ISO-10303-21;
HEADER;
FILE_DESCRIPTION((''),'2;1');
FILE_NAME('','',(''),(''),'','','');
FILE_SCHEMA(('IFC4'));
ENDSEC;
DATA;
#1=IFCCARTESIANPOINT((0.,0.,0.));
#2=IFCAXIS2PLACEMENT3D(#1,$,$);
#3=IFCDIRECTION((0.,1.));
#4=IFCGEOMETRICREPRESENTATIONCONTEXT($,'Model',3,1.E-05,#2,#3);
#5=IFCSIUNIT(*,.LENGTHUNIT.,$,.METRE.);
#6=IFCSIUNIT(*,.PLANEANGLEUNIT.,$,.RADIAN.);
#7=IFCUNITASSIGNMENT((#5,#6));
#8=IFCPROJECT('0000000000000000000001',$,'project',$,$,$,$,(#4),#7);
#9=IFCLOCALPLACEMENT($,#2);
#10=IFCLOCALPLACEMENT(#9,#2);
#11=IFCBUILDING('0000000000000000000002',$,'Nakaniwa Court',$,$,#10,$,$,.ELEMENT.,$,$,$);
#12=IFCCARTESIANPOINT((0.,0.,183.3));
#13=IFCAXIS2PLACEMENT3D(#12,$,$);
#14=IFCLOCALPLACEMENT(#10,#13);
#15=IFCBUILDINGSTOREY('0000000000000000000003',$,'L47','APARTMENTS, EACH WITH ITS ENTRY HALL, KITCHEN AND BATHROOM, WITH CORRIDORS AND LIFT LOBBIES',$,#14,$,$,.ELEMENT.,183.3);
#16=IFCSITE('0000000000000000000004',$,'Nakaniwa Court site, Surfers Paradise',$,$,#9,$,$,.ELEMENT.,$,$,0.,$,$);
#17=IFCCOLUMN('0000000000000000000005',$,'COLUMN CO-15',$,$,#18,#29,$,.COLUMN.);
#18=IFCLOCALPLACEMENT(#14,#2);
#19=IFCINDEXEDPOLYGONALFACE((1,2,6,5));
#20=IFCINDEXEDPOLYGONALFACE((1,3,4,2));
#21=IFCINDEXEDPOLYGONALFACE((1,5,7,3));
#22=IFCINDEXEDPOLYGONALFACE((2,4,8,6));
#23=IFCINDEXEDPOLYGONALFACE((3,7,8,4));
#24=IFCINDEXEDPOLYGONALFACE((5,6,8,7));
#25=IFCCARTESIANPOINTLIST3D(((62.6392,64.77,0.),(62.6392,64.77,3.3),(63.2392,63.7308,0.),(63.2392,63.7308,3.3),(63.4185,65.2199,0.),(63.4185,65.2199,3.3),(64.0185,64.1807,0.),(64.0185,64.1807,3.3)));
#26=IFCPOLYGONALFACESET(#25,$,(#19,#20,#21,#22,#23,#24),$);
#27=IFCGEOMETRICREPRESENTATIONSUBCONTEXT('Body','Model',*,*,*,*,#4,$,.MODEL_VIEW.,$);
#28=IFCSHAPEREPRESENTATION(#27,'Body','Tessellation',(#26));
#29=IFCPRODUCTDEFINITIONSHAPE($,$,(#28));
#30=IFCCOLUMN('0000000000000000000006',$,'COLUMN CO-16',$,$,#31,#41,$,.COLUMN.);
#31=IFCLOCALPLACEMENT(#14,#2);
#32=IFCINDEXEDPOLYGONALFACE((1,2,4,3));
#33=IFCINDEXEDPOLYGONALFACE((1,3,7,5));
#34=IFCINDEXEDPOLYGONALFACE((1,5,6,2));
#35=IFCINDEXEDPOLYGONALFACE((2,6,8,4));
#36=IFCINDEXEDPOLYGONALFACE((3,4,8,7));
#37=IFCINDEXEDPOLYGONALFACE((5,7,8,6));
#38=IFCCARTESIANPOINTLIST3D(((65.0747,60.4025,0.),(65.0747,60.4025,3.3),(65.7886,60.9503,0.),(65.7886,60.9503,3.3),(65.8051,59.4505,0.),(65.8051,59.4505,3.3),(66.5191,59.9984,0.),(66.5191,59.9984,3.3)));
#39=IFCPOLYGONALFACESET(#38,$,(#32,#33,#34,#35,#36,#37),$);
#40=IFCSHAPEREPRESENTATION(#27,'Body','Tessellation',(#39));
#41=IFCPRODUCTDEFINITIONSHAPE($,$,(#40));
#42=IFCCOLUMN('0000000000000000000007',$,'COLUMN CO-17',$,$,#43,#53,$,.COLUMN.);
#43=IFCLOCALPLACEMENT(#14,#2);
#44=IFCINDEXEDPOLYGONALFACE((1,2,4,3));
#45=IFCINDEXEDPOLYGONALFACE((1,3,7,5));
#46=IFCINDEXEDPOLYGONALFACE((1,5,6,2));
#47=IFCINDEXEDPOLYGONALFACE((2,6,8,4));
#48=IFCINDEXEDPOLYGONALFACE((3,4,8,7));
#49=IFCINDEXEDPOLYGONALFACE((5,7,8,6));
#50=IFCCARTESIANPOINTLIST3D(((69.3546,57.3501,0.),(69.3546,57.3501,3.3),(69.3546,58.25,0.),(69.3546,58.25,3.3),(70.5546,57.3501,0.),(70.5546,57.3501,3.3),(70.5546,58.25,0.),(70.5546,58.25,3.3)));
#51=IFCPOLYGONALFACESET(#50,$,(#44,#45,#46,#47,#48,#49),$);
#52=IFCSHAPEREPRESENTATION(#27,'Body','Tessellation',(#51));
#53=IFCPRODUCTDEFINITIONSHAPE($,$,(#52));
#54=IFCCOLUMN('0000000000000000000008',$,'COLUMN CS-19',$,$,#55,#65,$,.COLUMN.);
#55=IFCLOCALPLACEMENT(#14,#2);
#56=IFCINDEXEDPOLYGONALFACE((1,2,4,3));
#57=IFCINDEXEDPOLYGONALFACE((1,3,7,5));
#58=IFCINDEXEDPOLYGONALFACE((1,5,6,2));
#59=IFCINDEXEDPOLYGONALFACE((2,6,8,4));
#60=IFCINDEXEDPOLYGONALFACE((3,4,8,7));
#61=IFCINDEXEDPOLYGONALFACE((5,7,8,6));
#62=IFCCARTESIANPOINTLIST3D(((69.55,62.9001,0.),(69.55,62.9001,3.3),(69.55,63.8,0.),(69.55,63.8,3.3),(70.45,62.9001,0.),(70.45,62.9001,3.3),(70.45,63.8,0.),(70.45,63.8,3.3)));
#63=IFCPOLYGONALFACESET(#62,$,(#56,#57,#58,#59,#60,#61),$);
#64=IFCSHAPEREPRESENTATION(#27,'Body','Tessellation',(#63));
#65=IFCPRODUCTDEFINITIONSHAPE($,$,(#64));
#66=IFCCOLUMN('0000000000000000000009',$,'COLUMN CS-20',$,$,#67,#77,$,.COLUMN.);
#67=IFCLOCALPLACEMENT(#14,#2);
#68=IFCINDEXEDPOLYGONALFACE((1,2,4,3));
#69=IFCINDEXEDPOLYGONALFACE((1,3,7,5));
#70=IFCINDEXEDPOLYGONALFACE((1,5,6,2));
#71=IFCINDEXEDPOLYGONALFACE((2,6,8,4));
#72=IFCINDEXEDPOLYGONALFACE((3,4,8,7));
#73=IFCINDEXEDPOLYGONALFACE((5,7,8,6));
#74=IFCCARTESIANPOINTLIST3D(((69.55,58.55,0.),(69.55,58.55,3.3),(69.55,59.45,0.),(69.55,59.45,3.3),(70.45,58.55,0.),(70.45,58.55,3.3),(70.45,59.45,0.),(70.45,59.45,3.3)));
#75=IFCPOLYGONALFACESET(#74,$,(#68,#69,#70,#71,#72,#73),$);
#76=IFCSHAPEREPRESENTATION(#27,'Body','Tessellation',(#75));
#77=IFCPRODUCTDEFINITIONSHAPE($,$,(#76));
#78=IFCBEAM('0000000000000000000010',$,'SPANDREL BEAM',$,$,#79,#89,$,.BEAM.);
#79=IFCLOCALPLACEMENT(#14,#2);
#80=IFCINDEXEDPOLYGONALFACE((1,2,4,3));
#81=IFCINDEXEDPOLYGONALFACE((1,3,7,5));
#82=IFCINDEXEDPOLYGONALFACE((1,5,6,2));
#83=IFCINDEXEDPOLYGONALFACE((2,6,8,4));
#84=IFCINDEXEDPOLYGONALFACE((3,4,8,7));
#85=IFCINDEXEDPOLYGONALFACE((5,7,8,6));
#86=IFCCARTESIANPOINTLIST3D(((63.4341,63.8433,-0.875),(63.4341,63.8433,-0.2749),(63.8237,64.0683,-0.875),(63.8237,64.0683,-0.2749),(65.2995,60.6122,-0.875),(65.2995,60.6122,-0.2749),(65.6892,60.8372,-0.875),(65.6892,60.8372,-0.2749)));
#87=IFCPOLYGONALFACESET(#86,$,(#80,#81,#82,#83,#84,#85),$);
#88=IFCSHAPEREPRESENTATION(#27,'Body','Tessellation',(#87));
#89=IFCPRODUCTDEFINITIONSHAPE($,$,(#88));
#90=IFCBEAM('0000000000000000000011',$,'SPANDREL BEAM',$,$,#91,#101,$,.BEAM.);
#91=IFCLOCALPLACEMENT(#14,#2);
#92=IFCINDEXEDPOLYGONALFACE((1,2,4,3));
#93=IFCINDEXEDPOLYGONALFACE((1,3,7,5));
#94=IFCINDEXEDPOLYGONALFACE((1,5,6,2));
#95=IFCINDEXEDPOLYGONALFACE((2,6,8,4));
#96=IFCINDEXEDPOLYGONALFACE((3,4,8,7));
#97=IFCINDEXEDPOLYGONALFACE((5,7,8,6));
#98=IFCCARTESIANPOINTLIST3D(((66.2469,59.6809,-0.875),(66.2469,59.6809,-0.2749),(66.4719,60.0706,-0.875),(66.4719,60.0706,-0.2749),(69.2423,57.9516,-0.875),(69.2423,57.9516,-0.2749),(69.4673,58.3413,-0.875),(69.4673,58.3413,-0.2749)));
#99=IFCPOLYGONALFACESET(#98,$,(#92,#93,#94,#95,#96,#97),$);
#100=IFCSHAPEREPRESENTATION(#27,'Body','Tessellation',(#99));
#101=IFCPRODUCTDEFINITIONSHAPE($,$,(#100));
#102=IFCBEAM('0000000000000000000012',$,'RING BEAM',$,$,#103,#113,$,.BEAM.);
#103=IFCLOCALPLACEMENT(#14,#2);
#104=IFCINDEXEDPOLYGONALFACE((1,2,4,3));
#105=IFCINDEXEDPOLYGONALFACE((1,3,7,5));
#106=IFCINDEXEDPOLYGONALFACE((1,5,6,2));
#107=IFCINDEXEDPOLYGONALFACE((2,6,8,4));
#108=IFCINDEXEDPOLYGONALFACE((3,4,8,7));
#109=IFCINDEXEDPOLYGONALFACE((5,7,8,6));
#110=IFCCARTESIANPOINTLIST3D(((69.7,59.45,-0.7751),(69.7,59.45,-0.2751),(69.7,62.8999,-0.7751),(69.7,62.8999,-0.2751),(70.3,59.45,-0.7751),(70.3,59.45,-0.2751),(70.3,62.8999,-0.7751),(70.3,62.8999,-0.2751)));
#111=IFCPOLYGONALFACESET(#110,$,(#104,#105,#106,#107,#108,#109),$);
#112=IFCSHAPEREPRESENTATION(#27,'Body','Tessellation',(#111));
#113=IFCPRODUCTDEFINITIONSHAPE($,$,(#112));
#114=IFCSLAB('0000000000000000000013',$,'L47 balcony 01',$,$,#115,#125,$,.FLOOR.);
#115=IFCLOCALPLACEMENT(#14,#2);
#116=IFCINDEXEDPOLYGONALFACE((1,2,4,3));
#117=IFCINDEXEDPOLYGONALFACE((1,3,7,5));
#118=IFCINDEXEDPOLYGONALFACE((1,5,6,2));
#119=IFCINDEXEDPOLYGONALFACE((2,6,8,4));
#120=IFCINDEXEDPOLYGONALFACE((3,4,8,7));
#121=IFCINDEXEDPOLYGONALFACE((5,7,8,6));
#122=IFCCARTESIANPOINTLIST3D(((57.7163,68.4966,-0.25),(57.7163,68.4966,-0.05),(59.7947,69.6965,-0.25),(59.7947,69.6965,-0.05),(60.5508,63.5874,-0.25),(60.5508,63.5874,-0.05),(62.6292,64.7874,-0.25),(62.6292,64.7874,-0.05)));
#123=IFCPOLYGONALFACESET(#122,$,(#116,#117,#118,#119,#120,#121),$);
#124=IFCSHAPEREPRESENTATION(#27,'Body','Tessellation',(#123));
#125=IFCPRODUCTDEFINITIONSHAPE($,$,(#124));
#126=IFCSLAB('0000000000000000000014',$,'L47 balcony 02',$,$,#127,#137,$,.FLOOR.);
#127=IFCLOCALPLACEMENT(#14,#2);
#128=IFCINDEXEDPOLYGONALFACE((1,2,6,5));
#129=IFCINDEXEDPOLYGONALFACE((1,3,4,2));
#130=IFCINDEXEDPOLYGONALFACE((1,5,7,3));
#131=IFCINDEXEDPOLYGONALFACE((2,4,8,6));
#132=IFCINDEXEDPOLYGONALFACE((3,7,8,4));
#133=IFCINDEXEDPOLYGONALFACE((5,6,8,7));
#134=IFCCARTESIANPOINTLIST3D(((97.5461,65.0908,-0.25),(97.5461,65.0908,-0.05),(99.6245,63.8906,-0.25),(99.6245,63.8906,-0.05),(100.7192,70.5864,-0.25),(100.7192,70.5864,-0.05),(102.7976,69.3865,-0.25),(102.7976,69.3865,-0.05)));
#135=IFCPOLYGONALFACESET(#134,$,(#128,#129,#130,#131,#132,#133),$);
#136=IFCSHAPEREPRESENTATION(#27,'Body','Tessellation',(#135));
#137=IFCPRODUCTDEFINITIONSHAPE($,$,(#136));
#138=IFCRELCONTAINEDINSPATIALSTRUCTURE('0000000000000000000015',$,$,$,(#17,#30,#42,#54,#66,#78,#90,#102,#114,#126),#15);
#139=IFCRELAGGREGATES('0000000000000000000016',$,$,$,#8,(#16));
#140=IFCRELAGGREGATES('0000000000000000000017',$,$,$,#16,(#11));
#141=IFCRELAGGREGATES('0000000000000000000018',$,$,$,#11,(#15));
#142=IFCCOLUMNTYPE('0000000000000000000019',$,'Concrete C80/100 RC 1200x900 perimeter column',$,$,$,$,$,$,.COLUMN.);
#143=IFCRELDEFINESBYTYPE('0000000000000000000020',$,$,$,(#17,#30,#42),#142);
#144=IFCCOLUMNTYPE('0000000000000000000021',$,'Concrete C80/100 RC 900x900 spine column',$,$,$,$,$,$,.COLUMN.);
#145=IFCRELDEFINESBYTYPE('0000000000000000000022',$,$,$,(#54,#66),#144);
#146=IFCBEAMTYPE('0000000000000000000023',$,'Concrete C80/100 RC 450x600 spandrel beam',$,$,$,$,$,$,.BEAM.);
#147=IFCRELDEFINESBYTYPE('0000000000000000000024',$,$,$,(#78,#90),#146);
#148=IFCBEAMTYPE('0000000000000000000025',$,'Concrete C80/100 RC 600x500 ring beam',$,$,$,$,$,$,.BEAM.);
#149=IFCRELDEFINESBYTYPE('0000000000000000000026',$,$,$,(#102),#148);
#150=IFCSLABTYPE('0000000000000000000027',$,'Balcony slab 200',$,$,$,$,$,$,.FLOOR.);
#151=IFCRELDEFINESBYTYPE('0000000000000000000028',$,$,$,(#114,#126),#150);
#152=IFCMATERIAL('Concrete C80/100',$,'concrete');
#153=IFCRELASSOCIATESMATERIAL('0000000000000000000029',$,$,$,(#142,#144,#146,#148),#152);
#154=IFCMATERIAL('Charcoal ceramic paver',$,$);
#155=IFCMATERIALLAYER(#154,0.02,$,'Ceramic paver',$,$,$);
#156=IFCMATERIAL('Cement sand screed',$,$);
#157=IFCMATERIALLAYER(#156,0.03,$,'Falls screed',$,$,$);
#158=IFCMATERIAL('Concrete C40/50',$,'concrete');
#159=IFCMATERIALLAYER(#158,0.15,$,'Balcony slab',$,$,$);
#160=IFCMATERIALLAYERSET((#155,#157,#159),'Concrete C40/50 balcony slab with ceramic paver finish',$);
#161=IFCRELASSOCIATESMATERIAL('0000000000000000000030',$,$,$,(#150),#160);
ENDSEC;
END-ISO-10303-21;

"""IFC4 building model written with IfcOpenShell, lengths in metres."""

from ifc_helpers import new_model, si_unit, direction, frame, origin, origin_2d, place, context, subcontext, project, spatial, polyline, rectangle, outline, extrude, material, layer, layer_set, material_profile, profile_set, type_object, element, save


model = new_model("IFC4")

# Units and contexts
model_context = context("Model", 3, precision=1e-05, world=origin(), true_north=direction((0.0, 1.0)))
body_context = subcontext(model_context, "Body", "Model", "MODEL_VIEW")
ifc_project = project(units=[si_unit("LENGTHUNIT", "METRE"), si_unit("PLANEANGLEUNIT", "RADIAN")], contexts=[model_context])

# Site, building, storey
site_placement = place(None, origin())
site = spatial("IfcSite", under=ifc_project, at=site_placement, Name="Nakaniwa Court site, Surfers Paradise", CompositionType="ELEMENT", RefElevation=0.0)
building_placement = place(site_placement, origin())
building = spatial("IfcBuilding", under=site, at=building_placement, Name="Nakaniwa Court", CompositionType="ELEMENT")
storey_placement = place(building_placement, frame((0.0, 0.0, 183.3)))
storey = spatial("IfcBuildingStorey", under=building, at=storey_placement, Name="L47", Description="APARTMENTS, EACH WITH ITS ENTRY HALL, KITCHEN AND BATHROOM, WITH CORRIDORS AND LIFT LOBBIES", CompositionType="ELEMENT", Elevation=183.3)

# Columns
ifc_material_1 = material(Name="Concrete C80/100", Category="concrete")
ifc_material_profile_1 = material_profile(ifc_material_1, rectangle(XDim=1.2, YDim=0.8999, at=origin_2d()), Name="Concrete C80/100 RC 1200x900 perimeter column")
ifc_profile_set_1 = profile_set([ifc_material_profile_1], Name="Concrete C80/100")
column_type_1 = type_object("IfcColumnType", Name="Concrete C80/100 RC 1200x900 perimeter column", PredefinedType="COLUMN", material=ifc_profile_set_1)
for number, where, z_axis, x_axis, name in (
    (1, (63.3289, 64.4753, 0.0), (0.0, 0.0, 1.0), (0.5, -0.866025, 0.0), "COLUMN CO-15"),
    (2, (65.7969, 60.2004, 0.0), (0.0, 0.0, 1.0), (0.608761, -0.793353, 0.0), "COLUMN CO-16"),
    (3, (69.9546, 57.8, 0.0), (0.0, 0.0, 1.0), (1.0, 0.0, 0.0), "COLUMN CO-17"),
):
    element("IfcColumn", number, at=place(storey_placement, frame(where, z_axis=z_axis, x_axis=x_axis)), inside=storey, type_object=column_type_1, Name=name, PredefinedType="COLUMN", context=body_context, shape_type="SweptSolid", body=[
        extrude(rectangle(XDim=1.2, YDim=0.8999, at=origin_2d()), origin(), (0.0, 0.0, 1.0), 3.3),
    ])
ifc_material_profile_2 = material_profile(ifc_material_1, rectangle(XDim=0.8999, YDim=0.8999, at=origin_2d()), Name="Concrete C80/100 RC 900x900 spine column")
ifc_profile_set_2 = profile_set([ifc_material_profile_2], Name="Concrete C80/100")
column_type_2 = type_object("IfcColumnType", Name="Concrete C80/100 RC 900x900 spine column", PredefinedType="COLUMN", material=ifc_profile_set_2)
for number, where, z_axis, x_axis, name in (
    (4, (70.0, 63.3501, 0.0), (0.0, 0.0, 1.0), (0.0, -1.0, 0.0), "COLUMN CS-19"),
    (5, (70.0, 59.0, 0.0), (0.0, 0.0, 1.0), (0.0, -1.0, 0.0), "COLUMN CS-20"),
):
    element("IfcColumn", number, at=place(storey_placement, frame(where, z_axis=z_axis, x_axis=x_axis)), inside=storey, type_object=column_type_2, Name=name, PredefinedType="COLUMN", context=body_context, shape_type="SweptSolid", body=[
        extrude(rectangle(XDim=0.8999, YDim=0.8999, at=origin_2d()), origin(), (0.0, 0.0, 1.0), 3.3),
    ])

# Beams
ifc_material_profile_3 = material_profile(ifc_material_1, rectangle(XDim=0.45, YDim=0.6001, at=origin_2d()), Name="Concrete C80/100 RC 450x600 spandrel beam")
ifc_profile_set_3 = profile_set([ifc_material_profile_3], Name="Concrete C80/100")
beam_type_1 = type_object("IfcBeamType", Name="Concrete C80/100 RC 450x600 spandrel beam", PredefinedType="BEAM", material=ifc_profile_set_3)
beam_1_placement = place(storey_placement, frame((63.6289, 63.9558, -0.575), z_axis=(0.499989, -0.866032, 0.0), x_axis=(0.866032, 0.499989, 0.0)))
element("IfcBeam", 6, at=beam_1_placement, inside=storey, type_object=beam_type_1, Name="SPANDREL BEAM", PredefinedType="BEAM", context=body_context, shape_type="SweptSolid", body=[
    extrude(rectangle(XDim=0.45, YDim=0.6001, at=origin_2d()), origin(), (0.0, 0.0, 1.0), 3.731),
])
beam_2_placement = place(storey_placement, frame((66.3594, 59.8757, -0.575), z_axis=(0.866041, -0.499973, 0.0), x_axis=(0.499973, 0.866041, 0.0)))
element("IfcBeam", 7, at=beam_2_placement, inside=storey, type_object=beam_type_1, Name="SPANDREL BEAM", PredefinedType="BEAM", context=body_context, shape_type="SweptSolid", body=[
    extrude(rectangle(XDim=0.45, YDim=0.6001, at=origin_2d()), origin(), (0.0, 0.0, 1.0), 3.4587),
])
ifc_material_profile_4 = material_profile(ifc_material_1, rectangle(XDim=0.6001, YDim=0.5, at=origin_2d()), Name="Concrete C80/100 RC 600x500 ring beam")
ifc_profile_set_4 = profile_set([ifc_material_profile_4], Name="Concrete C80/100")
beam_type_2 = type_object("IfcBeamType", Name="Concrete C80/100 RC 600x500 ring beam", PredefinedType="BEAM", material=ifc_profile_set_4)
beam_3_placement = place(storey_placement, frame((70.0, 62.8999, -0.5251), z_axis=(0.0, -1.0, 0.0), x_axis=(1.0, 0.0, 0.0)))
element("IfcBeam", 8, at=beam_3_placement, inside=storey, type_object=beam_type_2, Name="RING BEAM", PredefinedType="BEAM", context=body_context, shape_type="SweptSolid", body=[
    extrude(rectangle(XDim=0.6001, YDim=0.5, at=origin_2d()), origin(), (0.0, 0.0, 1.0), 3.45),
])

# Slabs
ifc_material_2 = material(Name="Charcoal ceramic paver")
ifc_layer_1 = layer(ifc_material_2, 0.02, Name="Ceramic paver")
ifc_material_3 = material(Name="Cement sand screed")
ifc_layer_2 = layer(ifc_material_3, 0.03, Name="Falls screed")
ifc_material_4 = material(Name="Concrete C40/50", Category="concrete")
ifc_layer_3 = layer(ifc_material_4, 0.15, Name="Balcony slab")
ifc_layer_set_1 = layer_set([ifc_layer_1, ifc_layer_2, ifc_layer_3], Name="Concrete C40/50 balcony slab with ceramic paver finish")
slab_type_1 = type_object("IfcSlabType", Name="Balcony slab 200", PredefinedType="FLOOR", material=ifc_layer_set_1)
slab_1_placement = place(storey_placement, frame((0.0, 0.0, -0.25)))
element("IfcSlab", 9, at=slab_1_placement, inside=storey, type_object=slab_type_1, Name="L47 balcony 01", PredefinedType="FLOOR", context=body_context, shape_type="SweptSolid", body=[
    extrude(outline(polyline([(59.7947, 69.6965), (62.6292, 64.7874), (60.5508, 63.5874), (57.7163, 68.4966), (59.7947, 69.6965)])), origin(), (0.0, 0.0, 1.0), 0.2),
])
slab_2_placement = place(storey_placement, frame((0.0, 0.0, -0.25)))
element("IfcSlab", 10, at=slab_2_placement, inside=storey, type_object=slab_type_1, Name="L47 balcony 02", PredefinedType="FLOOR", context=body_context, shape_type="SweptSolid", body=[
    extrude(outline(polyline([(97.5461, 65.0908), (100.7192, 70.5864), (102.7976, 69.3865), (99.6245, 63.8906), (97.5461, 65.0908)])), origin(), (0.0, 0.0, 1.0), 0.2),
])

save(model, "model.ifc")
